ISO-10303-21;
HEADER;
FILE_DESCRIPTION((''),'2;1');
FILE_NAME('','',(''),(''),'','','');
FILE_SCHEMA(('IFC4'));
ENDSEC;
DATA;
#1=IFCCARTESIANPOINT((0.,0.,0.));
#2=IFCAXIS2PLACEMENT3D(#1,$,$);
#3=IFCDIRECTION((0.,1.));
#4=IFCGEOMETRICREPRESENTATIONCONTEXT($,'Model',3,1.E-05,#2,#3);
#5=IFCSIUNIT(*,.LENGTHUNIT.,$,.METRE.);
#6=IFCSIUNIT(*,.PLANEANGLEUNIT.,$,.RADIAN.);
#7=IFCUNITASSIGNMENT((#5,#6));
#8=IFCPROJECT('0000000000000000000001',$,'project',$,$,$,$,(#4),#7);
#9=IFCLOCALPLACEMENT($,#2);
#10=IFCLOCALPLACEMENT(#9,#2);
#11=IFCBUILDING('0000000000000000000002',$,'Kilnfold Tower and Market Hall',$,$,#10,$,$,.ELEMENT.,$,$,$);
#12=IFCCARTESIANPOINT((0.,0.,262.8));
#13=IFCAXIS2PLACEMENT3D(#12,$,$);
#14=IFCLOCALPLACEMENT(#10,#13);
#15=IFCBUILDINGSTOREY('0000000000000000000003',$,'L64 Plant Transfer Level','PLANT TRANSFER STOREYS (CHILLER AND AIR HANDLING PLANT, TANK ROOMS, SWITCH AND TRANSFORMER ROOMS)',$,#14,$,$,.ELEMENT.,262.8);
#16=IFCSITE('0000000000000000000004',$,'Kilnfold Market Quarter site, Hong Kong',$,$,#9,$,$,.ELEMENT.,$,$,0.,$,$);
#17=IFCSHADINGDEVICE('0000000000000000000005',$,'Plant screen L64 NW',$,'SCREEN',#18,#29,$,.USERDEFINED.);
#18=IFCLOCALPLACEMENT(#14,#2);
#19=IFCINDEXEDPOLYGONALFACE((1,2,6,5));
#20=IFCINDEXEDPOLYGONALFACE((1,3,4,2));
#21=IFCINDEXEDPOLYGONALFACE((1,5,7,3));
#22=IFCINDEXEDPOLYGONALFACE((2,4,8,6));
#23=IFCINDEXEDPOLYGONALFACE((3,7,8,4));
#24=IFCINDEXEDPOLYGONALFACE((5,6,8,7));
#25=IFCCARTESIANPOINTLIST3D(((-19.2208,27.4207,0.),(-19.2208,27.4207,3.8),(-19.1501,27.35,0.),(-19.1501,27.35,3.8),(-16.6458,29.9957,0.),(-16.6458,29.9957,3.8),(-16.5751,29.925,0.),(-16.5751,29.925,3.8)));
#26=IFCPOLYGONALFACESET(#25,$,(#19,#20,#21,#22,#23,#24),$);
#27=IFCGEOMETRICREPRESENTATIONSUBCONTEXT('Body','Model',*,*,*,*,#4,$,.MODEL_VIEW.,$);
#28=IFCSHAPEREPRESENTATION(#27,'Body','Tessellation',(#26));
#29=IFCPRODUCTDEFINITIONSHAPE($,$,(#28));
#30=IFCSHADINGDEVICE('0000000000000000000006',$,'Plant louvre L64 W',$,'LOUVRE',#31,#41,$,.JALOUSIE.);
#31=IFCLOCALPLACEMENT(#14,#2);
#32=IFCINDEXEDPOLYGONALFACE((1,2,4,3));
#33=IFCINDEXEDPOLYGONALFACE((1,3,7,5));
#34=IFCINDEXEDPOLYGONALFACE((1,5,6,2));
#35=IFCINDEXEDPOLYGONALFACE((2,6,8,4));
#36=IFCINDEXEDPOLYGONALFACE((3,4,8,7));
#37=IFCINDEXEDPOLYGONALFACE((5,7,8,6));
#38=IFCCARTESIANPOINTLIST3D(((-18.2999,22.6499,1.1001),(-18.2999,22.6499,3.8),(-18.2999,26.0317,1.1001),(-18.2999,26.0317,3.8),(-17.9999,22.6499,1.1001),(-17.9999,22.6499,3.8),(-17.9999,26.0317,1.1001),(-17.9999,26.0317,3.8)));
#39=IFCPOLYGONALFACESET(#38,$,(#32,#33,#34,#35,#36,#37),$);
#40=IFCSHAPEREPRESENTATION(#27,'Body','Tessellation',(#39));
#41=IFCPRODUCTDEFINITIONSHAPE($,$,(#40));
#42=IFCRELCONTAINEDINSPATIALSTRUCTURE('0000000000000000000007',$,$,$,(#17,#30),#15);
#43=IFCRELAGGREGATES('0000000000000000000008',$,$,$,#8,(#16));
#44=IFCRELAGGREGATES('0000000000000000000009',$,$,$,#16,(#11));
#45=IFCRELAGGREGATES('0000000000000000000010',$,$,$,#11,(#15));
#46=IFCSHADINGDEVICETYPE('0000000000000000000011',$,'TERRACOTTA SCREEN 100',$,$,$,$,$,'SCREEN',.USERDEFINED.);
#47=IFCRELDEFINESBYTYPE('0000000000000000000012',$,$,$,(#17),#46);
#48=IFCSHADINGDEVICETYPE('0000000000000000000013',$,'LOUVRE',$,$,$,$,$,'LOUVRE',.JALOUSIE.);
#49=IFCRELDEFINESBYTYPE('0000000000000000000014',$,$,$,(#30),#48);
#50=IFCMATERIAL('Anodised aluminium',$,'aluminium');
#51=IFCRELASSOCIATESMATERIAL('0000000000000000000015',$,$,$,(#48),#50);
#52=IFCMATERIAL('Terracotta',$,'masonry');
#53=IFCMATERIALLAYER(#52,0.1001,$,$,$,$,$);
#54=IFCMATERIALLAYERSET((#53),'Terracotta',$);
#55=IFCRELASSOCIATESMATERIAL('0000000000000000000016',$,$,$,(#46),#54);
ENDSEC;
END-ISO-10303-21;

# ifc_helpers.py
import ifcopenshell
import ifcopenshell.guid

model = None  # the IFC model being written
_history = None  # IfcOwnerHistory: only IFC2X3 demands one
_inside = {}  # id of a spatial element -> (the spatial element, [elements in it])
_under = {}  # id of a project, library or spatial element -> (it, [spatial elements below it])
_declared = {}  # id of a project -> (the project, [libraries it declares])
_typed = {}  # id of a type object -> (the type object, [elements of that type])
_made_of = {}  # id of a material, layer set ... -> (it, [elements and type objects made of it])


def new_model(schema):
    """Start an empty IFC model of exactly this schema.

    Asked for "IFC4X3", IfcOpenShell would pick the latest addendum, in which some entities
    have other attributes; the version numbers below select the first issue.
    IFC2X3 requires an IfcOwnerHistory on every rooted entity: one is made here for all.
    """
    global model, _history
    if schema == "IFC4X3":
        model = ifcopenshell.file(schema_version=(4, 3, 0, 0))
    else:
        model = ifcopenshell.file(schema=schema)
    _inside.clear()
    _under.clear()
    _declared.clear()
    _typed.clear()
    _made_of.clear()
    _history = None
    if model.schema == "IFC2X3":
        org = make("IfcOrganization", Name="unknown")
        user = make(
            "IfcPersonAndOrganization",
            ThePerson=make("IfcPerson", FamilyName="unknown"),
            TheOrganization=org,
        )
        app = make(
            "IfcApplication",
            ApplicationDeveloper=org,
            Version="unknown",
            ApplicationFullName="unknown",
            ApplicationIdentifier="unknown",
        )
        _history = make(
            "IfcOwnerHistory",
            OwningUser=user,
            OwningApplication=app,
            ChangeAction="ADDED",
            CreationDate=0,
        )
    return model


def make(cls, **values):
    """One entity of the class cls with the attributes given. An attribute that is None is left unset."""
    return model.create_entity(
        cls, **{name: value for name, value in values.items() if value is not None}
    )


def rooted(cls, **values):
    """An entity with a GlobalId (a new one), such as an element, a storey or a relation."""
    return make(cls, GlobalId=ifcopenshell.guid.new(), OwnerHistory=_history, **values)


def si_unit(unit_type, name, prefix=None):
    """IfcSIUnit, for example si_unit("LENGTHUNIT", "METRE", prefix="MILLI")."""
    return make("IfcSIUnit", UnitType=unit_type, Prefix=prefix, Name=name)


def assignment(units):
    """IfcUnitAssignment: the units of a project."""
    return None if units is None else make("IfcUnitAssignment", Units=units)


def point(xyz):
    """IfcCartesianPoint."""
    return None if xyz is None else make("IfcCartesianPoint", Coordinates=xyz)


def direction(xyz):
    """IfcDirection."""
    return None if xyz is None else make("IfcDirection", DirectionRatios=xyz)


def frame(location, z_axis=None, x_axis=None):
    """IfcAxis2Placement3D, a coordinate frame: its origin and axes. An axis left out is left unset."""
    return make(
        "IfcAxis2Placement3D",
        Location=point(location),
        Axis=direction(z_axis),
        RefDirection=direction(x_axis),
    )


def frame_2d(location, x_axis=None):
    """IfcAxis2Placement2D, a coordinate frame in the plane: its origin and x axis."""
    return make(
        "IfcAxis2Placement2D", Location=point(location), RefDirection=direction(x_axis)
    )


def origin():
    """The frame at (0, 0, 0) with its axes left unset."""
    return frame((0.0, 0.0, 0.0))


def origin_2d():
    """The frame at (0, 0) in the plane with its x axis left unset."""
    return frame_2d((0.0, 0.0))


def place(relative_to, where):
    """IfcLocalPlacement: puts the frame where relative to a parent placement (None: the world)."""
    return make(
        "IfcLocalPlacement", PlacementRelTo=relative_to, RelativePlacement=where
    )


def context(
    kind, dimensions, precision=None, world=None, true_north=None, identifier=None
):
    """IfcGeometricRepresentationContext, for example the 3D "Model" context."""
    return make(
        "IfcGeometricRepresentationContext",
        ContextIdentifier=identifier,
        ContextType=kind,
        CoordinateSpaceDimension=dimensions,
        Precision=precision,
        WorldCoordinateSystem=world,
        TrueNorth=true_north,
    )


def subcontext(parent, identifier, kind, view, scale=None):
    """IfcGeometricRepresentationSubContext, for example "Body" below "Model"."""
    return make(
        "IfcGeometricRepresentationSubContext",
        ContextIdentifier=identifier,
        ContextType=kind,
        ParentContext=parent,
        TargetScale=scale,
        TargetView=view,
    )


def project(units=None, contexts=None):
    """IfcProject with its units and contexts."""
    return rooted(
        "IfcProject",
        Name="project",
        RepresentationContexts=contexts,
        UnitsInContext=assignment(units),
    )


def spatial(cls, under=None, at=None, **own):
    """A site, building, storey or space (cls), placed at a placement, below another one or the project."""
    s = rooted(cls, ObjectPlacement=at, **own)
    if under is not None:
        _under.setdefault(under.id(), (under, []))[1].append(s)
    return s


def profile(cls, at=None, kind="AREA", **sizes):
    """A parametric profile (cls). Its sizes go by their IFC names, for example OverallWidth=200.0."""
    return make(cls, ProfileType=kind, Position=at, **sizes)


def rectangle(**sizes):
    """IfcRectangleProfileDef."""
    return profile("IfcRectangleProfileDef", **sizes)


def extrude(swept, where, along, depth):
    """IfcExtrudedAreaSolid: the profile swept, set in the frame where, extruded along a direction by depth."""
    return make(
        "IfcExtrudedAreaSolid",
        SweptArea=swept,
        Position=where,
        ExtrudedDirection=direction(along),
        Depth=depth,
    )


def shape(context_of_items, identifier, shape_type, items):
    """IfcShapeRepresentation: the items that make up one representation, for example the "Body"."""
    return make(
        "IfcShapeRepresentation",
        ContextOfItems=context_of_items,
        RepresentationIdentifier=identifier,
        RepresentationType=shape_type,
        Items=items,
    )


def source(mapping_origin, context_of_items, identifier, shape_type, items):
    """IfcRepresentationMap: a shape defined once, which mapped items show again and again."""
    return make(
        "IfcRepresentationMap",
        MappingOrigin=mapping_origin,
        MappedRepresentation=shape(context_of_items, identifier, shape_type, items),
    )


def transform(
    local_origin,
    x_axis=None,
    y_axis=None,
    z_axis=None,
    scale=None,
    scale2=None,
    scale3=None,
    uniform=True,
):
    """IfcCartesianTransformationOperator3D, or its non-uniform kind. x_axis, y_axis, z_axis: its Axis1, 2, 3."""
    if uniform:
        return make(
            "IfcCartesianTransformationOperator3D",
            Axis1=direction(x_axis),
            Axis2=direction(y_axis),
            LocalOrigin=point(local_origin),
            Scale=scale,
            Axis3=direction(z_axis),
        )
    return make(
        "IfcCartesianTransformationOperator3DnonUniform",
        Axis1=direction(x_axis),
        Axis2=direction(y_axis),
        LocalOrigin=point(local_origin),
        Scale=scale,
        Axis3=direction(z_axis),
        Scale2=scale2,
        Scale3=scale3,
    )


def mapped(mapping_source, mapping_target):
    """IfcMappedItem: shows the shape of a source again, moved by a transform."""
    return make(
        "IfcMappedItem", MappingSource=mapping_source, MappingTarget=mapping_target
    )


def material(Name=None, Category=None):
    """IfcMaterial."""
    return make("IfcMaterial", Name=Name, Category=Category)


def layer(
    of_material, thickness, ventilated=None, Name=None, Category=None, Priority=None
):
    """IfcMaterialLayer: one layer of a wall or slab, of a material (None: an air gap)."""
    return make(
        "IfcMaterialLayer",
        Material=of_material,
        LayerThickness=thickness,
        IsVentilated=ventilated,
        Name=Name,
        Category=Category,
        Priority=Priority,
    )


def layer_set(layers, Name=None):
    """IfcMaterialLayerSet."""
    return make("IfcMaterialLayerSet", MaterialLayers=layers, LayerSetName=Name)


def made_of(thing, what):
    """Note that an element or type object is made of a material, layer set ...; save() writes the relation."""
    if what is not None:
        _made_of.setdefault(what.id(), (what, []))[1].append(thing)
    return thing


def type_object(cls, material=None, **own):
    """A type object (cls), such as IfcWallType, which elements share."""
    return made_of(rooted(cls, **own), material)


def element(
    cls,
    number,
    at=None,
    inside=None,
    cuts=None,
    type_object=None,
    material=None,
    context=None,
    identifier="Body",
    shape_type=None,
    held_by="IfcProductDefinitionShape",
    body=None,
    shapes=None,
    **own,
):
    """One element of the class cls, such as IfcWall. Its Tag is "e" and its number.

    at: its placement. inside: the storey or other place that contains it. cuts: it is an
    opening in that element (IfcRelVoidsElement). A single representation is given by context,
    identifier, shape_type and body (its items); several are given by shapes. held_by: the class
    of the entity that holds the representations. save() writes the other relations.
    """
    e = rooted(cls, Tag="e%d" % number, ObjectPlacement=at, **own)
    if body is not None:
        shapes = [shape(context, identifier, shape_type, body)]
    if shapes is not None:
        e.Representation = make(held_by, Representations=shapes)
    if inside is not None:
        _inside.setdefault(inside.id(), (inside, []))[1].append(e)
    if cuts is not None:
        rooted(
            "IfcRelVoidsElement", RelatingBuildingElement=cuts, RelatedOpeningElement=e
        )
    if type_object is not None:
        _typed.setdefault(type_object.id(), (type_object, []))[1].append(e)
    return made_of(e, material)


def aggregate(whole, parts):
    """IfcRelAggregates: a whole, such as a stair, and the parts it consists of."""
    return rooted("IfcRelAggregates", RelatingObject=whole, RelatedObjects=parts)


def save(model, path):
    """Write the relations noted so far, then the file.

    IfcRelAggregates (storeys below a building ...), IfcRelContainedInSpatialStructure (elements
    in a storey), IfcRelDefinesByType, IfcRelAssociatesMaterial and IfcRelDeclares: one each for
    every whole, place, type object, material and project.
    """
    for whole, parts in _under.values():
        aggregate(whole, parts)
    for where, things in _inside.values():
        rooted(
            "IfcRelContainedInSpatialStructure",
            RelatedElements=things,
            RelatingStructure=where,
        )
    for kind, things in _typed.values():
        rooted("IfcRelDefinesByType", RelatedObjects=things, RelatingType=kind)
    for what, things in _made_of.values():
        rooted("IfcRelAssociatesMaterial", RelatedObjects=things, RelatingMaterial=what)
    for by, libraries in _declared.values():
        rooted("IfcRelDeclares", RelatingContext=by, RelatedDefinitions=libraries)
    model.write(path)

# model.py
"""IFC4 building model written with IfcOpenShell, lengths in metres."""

from ifc_helpers import new_model, si_unit, direction, frame, origin, origin_2d, place, context, subcontext, project, spatial, rectangle, extrude, source, transform, mapped, material, layer, layer_set, type_object, element, save


model = new_model("IFC4")

# Units and contexts
model_context = context("Model", 3, precision=1e-05, world=origin(), true_north=direction((0.0, 1.0)))
body_context = subcontext(model_context, "Body", "Model", "MODEL_VIEW")
ifc_project = project(units=[si_unit("LENGTHUNIT", "METRE"), si_unit("PLANEANGLEUNIT", "RADIAN")], contexts=[model_context])

# Site, building, storey
site_placement = place(None, origin())
site = spatial("IfcSite", under=ifc_project, at=site_placement, Name="Kilnfold Market Quarter site, Hong Kong", CompositionType="ELEMENT", RefElevation=0.0)
building_placement = place(site_placement, origin())
building = spatial("IfcBuilding", under=site, at=building_placement, Name="Kilnfold Tower and Market Hall", CompositionType="ELEMENT")
storey_placement = place(building_placement, frame((0.0, 0.0, 262.8)))
storey = spatial("IfcBuildingStorey", under=building, at=storey_placement, Name="L64 Plant Transfer Level", Description="PLANT TRANSFER STOREYS (CHILLER AND AIR HANDLING PLANT, TANK ROOMS, SWITCH AND TRANSFORMER ROOMS)", CompositionType="ELEMENT", Elevation=262.8)

# Shading devices
ifc_material_1 = material(Name="Anodised aluminium", Category="aluminium")
shading_device_type_1 = type_object("IfcShadingDeviceType", Name="LOUVRE", ElementType="LOUVRE", PredefinedType="JALOUSIE", material=ifc_material_1)
ifc_material_2 = material(Name="Terracotta", Category="masonry")
ifc_layer_1 = layer(ifc_material_2, 0.1001)
ifc_layer_set_1 = layer_set([ifc_layer_1], Name="Terracotta")
shading_device_type_2 = type_object("IfcShadingDeviceType", Name="TERRACOTTA SCREEN 100", ElementType="SCREEN", PredefinedType="USERDEFINED", material=ifc_layer_set_1)
shared_shape_1 = source(origin(), body_context, "Body", "SweptSolid", [
    extrude(rectangle(XDim=3.6416, YDim=0.1001, at=origin_2d()), origin(), (0.0, 0.0, 1.0), 3.8),
])
shading_device_1_placement = place(storey_placement, frame((-17.8979, 28.6729, 0.0), z_axis=(0.0, 0.0, 1.0), x_axis=(-0.707107, -0.707107, 0.0)))
element("IfcShadingDevice", 1, at=shading_device_1_placement, inside=storey, type_object=shading_device_type_2, Name="Plant screen L64 NW", ObjectType="SCREEN", PredefinedType="USERDEFINED", context=body_context, shape_type="MappedRepresentation", body=[
    mapped(shared_shape_1, transform((0.0, 0.0, 0.0))),
])
shared_shape_2 = source(origin(), body_context, "Body", "SweptSolid", [
    extrude(rectangle(XDim=3.3818, YDim=0.3, at=origin_2d()), origin(), (0.0, 0.0, 1.0), 2.7),
])
shading_device_2_placement = place(storey_placement, frame((-18.1499, 24.3408, 1.1001), z_axis=(0.0, 0.0, 1.0), x_axis=(0.0, -1.0, 0.0)))
element("IfcShadingDevice", 2, at=shading_device_2_placement, inside=storey, type_object=shading_device_type_1, Name="Plant louvre L64 W", ObjectType="LOUVRE", PredefinedType="JALOUSIE", context=body_context, shape_type="MappedRepresentation", body=[
    mapped(shared_shape_2, transform((0.0, 0.0, 0.0))),
])

save(model, "model.ifc")
